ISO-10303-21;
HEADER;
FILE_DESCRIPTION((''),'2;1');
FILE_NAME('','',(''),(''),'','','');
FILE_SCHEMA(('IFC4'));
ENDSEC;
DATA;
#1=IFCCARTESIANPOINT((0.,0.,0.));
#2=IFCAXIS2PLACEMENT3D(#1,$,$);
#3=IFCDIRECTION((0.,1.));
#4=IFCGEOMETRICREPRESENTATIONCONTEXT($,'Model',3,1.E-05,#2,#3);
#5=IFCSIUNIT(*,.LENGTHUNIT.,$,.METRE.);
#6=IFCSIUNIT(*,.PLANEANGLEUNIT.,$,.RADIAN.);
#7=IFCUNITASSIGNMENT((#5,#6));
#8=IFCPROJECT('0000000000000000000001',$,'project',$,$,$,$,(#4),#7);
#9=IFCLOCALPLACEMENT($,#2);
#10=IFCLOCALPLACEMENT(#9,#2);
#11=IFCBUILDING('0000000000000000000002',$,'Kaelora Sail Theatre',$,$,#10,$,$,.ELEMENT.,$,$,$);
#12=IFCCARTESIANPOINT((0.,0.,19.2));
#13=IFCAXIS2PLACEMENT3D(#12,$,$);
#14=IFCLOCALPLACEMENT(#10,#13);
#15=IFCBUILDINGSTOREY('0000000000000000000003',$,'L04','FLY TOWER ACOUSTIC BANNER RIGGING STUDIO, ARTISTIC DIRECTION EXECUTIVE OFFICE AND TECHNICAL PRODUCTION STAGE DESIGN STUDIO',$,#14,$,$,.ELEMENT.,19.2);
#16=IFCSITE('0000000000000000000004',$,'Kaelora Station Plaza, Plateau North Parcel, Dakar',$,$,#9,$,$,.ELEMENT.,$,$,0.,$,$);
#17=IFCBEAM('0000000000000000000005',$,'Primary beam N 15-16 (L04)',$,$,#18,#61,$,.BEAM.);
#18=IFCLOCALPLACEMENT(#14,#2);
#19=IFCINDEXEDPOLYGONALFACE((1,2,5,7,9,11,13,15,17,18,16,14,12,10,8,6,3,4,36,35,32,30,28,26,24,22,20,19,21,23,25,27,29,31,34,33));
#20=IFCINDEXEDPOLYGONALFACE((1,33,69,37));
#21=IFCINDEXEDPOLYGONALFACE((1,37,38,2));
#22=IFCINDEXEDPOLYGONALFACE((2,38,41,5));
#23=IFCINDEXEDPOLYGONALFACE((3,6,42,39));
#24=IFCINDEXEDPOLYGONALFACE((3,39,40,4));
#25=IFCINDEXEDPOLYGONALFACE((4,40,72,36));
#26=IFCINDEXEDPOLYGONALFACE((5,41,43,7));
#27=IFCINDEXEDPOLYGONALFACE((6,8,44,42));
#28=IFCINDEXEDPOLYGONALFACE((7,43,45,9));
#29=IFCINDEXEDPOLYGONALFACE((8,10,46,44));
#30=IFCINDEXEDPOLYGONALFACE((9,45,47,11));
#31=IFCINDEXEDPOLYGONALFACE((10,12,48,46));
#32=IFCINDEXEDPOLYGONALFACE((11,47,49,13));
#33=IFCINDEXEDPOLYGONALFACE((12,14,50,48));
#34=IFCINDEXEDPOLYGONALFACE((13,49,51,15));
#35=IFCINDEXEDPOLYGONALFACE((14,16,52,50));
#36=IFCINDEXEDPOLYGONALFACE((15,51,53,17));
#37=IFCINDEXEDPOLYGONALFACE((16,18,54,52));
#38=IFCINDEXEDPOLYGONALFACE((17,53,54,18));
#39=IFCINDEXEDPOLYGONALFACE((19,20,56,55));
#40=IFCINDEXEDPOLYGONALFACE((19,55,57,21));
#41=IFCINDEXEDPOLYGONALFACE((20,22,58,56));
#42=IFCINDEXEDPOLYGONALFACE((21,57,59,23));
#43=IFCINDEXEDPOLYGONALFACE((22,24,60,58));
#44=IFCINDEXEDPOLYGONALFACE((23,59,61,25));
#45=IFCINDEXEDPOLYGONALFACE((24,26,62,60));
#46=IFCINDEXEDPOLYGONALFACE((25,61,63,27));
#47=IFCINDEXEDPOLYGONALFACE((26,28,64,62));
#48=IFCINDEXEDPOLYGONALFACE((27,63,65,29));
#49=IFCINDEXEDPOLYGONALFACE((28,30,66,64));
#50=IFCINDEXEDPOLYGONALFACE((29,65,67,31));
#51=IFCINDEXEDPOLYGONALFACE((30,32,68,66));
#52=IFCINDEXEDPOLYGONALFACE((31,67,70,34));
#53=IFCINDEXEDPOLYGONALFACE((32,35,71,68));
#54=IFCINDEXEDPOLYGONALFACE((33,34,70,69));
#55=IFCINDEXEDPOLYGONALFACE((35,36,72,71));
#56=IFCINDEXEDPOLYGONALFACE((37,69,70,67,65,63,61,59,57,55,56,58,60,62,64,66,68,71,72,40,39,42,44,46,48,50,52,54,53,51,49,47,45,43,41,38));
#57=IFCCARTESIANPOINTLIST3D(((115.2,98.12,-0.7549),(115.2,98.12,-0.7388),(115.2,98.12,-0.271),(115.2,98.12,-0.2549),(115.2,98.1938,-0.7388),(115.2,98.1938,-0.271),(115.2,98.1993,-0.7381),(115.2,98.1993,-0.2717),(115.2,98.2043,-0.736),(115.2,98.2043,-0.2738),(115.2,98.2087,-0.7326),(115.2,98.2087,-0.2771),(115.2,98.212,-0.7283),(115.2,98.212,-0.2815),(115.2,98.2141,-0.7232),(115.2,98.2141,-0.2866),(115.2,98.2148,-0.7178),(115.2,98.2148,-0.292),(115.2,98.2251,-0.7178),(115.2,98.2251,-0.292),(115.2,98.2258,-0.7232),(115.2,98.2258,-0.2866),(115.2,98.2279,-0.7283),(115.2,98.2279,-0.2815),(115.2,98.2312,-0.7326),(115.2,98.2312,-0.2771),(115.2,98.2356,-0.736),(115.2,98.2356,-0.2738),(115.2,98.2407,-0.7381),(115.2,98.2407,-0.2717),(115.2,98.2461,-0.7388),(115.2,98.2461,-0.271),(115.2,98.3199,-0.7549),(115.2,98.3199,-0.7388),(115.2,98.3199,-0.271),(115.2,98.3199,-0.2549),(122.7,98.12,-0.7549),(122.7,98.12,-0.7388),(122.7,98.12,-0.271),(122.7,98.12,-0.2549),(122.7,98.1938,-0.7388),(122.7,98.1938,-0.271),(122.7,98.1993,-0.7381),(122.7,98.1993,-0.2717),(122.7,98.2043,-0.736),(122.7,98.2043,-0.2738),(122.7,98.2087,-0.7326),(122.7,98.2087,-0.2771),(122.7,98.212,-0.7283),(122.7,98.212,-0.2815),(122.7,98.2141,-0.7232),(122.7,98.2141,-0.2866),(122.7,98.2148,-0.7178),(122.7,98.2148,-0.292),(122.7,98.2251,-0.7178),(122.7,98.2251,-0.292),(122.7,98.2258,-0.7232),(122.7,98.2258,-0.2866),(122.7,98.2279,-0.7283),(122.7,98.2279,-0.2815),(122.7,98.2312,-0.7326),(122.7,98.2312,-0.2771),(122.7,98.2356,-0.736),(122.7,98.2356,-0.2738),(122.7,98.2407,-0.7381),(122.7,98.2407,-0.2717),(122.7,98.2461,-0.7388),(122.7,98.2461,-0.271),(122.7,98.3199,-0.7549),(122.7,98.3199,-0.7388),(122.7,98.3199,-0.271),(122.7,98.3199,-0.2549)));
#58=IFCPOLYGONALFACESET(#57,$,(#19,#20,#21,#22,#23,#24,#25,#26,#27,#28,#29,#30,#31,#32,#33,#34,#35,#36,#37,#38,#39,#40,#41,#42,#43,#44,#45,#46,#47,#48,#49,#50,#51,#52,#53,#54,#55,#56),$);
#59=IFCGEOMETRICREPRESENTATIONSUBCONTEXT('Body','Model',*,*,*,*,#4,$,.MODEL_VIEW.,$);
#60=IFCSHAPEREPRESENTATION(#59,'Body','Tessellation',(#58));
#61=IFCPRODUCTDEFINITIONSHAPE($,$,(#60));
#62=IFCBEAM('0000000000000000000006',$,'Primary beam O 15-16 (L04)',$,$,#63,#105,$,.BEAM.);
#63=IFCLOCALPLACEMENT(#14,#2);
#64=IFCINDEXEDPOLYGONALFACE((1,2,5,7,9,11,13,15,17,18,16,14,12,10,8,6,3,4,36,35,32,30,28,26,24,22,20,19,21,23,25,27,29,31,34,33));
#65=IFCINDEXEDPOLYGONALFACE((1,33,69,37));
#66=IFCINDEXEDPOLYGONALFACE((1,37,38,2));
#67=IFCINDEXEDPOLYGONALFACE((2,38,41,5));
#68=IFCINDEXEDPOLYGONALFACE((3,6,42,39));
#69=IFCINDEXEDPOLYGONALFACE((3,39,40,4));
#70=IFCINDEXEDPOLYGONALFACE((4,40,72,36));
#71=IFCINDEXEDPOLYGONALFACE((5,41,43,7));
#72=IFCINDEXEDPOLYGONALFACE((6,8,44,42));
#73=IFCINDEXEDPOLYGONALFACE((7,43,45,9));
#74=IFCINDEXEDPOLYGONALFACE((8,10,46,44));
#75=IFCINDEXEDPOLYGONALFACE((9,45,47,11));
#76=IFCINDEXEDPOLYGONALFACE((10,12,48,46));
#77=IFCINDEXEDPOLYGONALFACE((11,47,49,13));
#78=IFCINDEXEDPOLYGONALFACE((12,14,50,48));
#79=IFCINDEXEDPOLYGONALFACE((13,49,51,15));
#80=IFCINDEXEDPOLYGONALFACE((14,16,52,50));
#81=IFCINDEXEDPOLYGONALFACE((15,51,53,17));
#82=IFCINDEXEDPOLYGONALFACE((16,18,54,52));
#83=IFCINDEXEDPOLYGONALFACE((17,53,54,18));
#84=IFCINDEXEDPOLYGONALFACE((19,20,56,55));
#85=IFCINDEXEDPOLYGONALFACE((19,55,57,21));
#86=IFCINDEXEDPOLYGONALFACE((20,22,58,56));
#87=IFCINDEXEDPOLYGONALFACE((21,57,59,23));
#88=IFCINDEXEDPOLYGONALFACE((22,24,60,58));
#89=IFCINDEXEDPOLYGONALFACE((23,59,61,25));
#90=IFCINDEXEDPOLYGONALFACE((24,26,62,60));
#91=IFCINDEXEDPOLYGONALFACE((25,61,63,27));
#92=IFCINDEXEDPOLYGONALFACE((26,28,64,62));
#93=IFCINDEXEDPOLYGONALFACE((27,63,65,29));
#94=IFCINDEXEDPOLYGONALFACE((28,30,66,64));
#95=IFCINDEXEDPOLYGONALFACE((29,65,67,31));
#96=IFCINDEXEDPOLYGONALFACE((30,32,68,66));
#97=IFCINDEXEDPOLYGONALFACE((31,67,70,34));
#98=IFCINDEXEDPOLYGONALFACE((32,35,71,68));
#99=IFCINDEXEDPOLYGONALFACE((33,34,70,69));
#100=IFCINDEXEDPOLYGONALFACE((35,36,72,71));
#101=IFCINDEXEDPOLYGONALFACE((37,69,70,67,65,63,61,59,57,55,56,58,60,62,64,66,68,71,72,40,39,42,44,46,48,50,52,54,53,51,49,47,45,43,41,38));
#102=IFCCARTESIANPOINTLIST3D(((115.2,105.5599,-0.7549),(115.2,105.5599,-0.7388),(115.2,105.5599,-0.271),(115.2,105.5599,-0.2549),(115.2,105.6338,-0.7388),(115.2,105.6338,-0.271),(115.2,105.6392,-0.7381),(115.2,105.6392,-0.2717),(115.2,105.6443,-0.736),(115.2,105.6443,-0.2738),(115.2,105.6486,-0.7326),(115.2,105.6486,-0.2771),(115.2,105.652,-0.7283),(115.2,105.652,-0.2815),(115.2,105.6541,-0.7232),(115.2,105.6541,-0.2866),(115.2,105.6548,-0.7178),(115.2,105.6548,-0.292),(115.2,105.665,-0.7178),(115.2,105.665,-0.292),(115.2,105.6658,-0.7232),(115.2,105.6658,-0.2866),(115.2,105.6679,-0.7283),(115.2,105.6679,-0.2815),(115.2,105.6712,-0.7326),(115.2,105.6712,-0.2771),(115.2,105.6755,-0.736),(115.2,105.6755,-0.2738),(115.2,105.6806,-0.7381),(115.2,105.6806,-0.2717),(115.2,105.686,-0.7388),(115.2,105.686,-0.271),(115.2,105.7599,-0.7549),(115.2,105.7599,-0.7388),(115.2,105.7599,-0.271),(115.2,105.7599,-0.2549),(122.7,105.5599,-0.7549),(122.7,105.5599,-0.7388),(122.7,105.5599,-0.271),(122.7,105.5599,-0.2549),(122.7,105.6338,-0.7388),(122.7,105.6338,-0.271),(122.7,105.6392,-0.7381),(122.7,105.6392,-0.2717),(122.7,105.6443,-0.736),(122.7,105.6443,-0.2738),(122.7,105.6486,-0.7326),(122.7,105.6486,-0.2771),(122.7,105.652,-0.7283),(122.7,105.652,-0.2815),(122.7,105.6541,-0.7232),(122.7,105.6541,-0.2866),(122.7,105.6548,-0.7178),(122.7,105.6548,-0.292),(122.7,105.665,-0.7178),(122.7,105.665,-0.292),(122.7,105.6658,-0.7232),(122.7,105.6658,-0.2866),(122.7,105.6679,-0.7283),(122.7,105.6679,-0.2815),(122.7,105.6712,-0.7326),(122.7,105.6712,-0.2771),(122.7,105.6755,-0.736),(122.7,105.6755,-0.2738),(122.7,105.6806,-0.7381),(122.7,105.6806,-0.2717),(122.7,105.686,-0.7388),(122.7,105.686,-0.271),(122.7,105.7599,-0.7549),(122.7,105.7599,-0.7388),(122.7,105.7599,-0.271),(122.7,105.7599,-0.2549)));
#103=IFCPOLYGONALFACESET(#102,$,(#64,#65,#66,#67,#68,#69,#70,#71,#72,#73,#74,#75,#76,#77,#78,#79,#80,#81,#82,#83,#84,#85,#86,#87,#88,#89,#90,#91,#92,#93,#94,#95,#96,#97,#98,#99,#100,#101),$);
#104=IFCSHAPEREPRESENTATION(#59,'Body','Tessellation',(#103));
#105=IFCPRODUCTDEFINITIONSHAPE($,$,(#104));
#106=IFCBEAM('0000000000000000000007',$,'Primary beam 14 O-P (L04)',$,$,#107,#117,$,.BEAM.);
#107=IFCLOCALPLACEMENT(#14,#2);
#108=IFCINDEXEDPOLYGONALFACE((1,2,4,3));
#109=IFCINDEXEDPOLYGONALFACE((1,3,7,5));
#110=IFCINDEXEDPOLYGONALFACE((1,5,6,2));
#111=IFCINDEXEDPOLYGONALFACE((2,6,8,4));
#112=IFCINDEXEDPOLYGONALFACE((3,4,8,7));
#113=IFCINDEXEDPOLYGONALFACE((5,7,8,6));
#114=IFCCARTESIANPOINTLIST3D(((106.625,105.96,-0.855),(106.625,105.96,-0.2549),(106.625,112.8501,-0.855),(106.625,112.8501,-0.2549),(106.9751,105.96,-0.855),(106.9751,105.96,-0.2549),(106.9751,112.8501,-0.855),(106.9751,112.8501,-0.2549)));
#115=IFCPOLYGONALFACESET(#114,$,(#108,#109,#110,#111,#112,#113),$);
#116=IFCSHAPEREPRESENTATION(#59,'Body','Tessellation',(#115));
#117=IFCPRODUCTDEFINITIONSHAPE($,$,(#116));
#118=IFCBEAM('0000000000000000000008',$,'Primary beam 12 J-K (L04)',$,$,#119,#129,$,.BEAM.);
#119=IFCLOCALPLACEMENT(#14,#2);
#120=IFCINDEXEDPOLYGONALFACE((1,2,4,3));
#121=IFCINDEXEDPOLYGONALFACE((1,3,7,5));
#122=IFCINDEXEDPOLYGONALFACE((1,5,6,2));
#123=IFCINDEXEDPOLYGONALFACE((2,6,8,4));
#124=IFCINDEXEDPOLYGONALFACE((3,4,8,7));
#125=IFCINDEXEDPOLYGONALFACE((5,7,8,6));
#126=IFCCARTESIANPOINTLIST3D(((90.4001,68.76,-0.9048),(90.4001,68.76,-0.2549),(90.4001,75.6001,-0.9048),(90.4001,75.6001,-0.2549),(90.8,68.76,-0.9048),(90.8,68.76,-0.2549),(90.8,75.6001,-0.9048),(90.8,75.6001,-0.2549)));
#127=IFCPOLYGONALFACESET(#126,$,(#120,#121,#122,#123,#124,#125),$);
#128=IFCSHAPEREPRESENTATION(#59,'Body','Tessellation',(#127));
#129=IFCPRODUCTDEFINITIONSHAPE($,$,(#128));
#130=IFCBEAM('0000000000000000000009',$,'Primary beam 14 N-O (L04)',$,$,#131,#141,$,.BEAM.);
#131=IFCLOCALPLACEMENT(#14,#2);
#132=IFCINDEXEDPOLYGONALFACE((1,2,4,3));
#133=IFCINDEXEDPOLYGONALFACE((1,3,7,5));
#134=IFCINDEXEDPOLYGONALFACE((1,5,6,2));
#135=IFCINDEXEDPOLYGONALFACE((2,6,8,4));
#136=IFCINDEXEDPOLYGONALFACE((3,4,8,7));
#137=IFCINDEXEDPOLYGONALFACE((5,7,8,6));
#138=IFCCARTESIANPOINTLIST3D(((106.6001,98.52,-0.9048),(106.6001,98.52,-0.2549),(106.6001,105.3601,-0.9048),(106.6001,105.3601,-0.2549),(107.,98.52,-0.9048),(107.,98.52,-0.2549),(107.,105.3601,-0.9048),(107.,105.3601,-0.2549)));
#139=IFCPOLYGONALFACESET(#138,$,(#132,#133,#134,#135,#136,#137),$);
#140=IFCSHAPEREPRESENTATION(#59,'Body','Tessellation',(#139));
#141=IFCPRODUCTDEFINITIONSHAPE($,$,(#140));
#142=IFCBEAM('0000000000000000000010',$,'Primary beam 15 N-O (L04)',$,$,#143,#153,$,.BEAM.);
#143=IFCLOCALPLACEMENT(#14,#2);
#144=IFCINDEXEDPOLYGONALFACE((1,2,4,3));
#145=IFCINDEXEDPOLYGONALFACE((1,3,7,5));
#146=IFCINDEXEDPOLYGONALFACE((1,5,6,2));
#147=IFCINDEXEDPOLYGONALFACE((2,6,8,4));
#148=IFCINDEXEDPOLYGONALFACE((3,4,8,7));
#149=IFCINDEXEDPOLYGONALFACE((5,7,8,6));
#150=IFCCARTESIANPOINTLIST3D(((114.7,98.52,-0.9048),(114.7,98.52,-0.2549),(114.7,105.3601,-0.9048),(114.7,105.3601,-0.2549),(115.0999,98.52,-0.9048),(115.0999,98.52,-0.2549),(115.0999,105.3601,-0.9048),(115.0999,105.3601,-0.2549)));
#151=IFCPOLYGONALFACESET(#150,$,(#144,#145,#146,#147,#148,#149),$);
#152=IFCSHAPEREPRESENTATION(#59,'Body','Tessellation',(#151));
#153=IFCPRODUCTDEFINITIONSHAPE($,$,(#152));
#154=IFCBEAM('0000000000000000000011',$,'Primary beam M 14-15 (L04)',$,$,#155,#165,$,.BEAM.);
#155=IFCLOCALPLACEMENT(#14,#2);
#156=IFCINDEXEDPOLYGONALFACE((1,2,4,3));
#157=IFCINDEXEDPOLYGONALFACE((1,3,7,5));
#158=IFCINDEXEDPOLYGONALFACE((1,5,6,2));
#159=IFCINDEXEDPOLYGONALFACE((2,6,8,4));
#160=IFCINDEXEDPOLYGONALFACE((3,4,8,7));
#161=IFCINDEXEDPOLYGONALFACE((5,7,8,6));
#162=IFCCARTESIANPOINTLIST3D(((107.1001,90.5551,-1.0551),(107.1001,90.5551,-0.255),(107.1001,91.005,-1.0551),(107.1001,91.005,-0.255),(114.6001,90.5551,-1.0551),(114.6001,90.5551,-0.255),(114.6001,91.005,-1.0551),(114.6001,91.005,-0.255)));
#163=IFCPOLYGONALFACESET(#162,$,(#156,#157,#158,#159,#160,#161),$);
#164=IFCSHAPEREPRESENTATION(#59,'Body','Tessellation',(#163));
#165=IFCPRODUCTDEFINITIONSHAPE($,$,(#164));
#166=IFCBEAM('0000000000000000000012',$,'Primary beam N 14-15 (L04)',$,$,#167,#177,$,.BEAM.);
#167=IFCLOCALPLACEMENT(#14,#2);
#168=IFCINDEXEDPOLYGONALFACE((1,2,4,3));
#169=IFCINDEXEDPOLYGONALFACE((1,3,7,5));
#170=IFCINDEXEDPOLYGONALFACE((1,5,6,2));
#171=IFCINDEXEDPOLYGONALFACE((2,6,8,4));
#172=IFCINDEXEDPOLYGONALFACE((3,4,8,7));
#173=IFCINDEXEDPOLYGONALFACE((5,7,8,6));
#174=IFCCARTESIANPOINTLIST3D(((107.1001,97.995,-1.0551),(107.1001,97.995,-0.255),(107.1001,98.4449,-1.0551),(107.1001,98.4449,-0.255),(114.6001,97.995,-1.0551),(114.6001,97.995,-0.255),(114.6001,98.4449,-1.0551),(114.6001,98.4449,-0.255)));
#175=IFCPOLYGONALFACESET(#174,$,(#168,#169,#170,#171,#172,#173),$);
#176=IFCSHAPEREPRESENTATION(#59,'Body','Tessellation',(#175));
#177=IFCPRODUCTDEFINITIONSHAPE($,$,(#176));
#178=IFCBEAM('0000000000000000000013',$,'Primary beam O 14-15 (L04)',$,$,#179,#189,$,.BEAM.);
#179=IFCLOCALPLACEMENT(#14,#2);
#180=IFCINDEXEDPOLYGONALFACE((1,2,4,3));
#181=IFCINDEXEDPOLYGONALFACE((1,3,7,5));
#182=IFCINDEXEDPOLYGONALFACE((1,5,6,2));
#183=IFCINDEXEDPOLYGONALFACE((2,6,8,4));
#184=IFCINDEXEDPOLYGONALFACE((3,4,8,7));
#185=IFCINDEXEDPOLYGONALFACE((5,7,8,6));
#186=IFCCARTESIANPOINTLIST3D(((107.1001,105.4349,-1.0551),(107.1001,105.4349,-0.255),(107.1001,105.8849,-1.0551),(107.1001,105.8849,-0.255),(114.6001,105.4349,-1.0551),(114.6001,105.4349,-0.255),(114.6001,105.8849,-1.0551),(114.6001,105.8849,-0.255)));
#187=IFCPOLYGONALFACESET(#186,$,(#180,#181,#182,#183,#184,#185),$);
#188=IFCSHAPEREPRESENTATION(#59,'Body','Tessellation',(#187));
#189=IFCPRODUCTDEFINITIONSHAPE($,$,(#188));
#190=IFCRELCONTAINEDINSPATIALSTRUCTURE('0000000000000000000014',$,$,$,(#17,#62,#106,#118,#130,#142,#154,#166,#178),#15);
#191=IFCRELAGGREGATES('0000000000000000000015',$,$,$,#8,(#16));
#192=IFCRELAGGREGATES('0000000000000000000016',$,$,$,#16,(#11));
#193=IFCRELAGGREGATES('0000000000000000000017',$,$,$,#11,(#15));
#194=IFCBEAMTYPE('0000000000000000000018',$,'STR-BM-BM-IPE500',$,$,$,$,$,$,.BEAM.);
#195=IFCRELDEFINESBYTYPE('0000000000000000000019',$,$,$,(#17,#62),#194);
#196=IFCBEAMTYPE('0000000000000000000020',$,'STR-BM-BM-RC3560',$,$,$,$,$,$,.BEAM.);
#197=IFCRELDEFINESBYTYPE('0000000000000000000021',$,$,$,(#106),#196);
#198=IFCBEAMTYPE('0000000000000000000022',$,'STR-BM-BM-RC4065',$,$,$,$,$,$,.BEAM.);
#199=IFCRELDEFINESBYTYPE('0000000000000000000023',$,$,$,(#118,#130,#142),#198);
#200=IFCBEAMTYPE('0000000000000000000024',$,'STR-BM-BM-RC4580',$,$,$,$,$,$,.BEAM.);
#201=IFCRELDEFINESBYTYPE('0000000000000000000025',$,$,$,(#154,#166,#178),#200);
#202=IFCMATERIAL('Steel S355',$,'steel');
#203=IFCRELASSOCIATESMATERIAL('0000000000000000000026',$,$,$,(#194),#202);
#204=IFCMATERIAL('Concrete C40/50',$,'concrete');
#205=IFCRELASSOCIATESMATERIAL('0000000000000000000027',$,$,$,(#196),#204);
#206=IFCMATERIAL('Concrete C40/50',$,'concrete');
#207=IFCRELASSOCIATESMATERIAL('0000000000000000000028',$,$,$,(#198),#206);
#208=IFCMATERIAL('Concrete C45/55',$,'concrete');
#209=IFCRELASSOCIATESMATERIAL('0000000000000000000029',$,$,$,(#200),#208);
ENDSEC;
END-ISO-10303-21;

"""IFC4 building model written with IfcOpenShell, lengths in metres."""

from ifc_helpers import new_model, si_unit, direction, frame, origin, origin_2d, place, context, subcontext, project, spatial, rectangle, i_section, extrude, material, material_profile, profile_set, type_object, element, save


model = new_model("IFC4")

# Units and contexts
model_context = context("Model", 3, precision=1e-05, world=origin(), true_north=direction((0.0, 1.0)))
body_context = subcontext(model_context, "Body", "Model", "MODEL_VIEW")
ifc_project = project(units=[si_unit("LENGTHUNIT", "METRE"), si_unit("PLANEANGLEUNIT", "RADIAN")], contexts=[model_context])

# Site, building, storey
site_placement = place(None, origin())
site = spatial("IfcSite", under=ifc_project, at=site_placement, Name="Kaelora Station Plaza, Plateau North Parcel, Dakar", CompositionType="ELEMENT", RefElevation=0.0)
building_placement = place(site_placement, origin())
building = spatial("IfcBuilding", under=site, at=building_placement, Name="Kaelora Sail Theatre", CompositionType="ELEMENT")
storey_placement = place(building_placement, frame((0.0, 0.0, 19.2)))
storey = spatial("IfcBuildingStorey", under=building, at=storey_placement, Name="L04", Description="FLY TOWER ACOUSTIC BANNER RIGGING STUDIO, ARTISTIC DIRECTION EXECUTIVE OFFICE AND TECHNICAL PRODUCTION STAGE DESIGN STUDIO", CompositionType="ELEMENT", Elevation=19.2)

# Beams
ifc_material_1 = material(Name="Steel S355", Category="steel")
ifc_material_profile_1 = material_profile(ifc_material_1, i_section(OverallWidth=0.2, OverallDepth=0.5, WebThickness=0.0103, FlangeThickness=0.0161, FilletRadius=0.021, at=origin_2d()), Name="IPE 500")
ifc_profile_set_1 = profile_set([ifc_material_profile_1], Name="Steel S355")
beam_type_1 = type_object("IfcBeamType", Name="STR-BM-BM-IPE500", PredefinedType="BEAM", material=ifc_profile_set_1)
for number, where, z_axis, x_axis, name in (
    (1, (115.2, 98.22, -0.5049), (1.0, 0.0, 0.0), (0.0, 1.0, 0.0), "Primary beam N 15-16 (L04)"),
    (2, (115.2, 105.6599, -0.5049), (1.0, 0.0, 0.0), (0.0, 1.0, 0.0), "Primary beam O 15-16 (L04)"),
):
    element("IfcBeam", number, at=place(storey_placement, frame(where, z_axis=z_axis, x_axis=x_axis)), inside=storey, type_object=beam_type_1, Name=name, PredefinedType="BEAM", context=body_context, shape_type="SweptSolid", body=[
        extrude(i_section(OverallWidth=0.2, OverallDepth=0.5, WebThickness=0.0103, FlangeThickness=0.0161, FilletRadius=0.021, at=origin_2d()), origin(), (0.0, 0.0, 1.0), 7.5),
    ])
ifc_material_2 = material(Name="Concrete C40/50", Category="concrete")
ifc_material_profile_2 = material_profile(ifc_material_2, rectangle(XDim=0.3501, YDim=0.6001, at=origin_2d()), Name="RC-BM 350x600")
ifc_profile_set_2 = profile_set([ifc_material_profile_2], Name="Concrete C40/50")
beam_type_2 = type_object("IfcBeamType", Name="STR-BM-BM-RC3560", PredefinedType="BEAM", material=ifc_profile_set_2)
beam_1_placement = place(storey_placement, frame((106.8, 105.96, -0.5549), z_axis=(0.0, 1.0, 0.0), x_axis=(-1.0, 0.0, 0.0)))
element("IfcBeam", 3, at=beam_1_placement, inside=storey, type_object=beam_type_2, Name="Primary beam 14 O-P (L04)", PredefinedType="BEAM", context=body_context, shape_type="SweptSolid", body=[
    extrude(rectangle(XDim=0.3501, YDim=0.6001, at=origin_2d()), origin(), (0.0, 0.0, 1.0), 6.8901),
])
ifc_material_3 = material(Name="Concrete C40/50", Category="concrete")
ifc_material_profile_3 = material_profile(ifc_material_3, rectangle(XDim=0.3999, YDim=0.6499, at=origin_2d()), Name="RC-BM 400x650")
ifc_profile_set_3 = profile_set([ifc_material_profile_3], Name="Concrete C40/50")
beam_type_3 = type_object("IfcBeamType", Name="STR-BM-BM-RC4065", PredefinedType="BEAM", material=ifc_profile_set_3)
for number, where, z_axis, x_axis, name in (
    (4, (90.6001, 68.76, -0.5798), (0.0, 1.0, 0.0), (-1.0, 0.0, 0.0), "Primary beam 12 J-K (L04)"),
    (5, (106.8, 98.52, -0.5798), (0.0, 1.0, 0.0), (-1.0, 0.0, 0.0), "Primary beam 14 N-O (L04)"),
    (6, (114.8999, 98.52, -0.5798), (0.0, 1.0, 0.0), (-1.0, 0.0, 0.0), "Primary beam 15 N-O (L04)"),
):
    element("IfcBeam", number, at=place(storey_placement, frame(where, z_axis=z_axis, x_axis=x_axis)), inside=storey, type_object=beam_type_3, Name=name, PredefinedType="BEAM", context=body_context, shape_type="SweptSolid", body=[
        extrude(rectangle(XDim=0.3999, YDim=0.6499, at=origin_2d()), origin(), (0.0, 0.0, 1.0), 6.8401),
    ])
ifc_material_4 = material(Name="Concrete C45/55", Category="concrete")
ifc_material_profile_4 = material_profile(ifc_material_4, rectangle(XDim=0.45, YDim=0.8, at=origin_2d()), Name="RC-BM 450x800")
ifc_profile_set_4 = profile_set([ifc_material_profile_4], Name="Concrete C45/55")
beam_type_4 = type_object("IfcBeamType", Name="STR-BM-BM-RC4580", PredefinedType="BEAM", material=ifc_profile_set_4)
for number, where, z_axis, x_axis, name in (
    (7, (107.1001, 90.78, -0.655), (1.0, 0.0, 0.0), (0.0, 1.0, 0.0), "Primary beam M 14-15 (L04)"),
    (8, (107.1001, 98.22, -0.655), (1.0, 0.0, 0.0), (0.0, 1.0, 0.0), "Primary beam N 14-15 (L04)"),
    (9, (107.1001, 105.6599, -0.655), (1.0, 0.0, 0.0), (0.0, 1.0, 0.0), "Primary beam O 14-15 (L04)"),
):
    element("IfcBeam", number, at=place(storey_placement, frame(where, z_axis=z_axis, x_axis=x_axis)), inside=storey, type_object=beam_type_4, Name=name, PredefinedType="BEAM", context=body_context, shape_type="SweptSolid", body=[
        extrude(rectangle(XDim=0.45, YDim=0.8, at=origin_2d()), origin(), (0.0, 0.0, 1.0), 7.5),
    ])

save(model, "model.ifc")
